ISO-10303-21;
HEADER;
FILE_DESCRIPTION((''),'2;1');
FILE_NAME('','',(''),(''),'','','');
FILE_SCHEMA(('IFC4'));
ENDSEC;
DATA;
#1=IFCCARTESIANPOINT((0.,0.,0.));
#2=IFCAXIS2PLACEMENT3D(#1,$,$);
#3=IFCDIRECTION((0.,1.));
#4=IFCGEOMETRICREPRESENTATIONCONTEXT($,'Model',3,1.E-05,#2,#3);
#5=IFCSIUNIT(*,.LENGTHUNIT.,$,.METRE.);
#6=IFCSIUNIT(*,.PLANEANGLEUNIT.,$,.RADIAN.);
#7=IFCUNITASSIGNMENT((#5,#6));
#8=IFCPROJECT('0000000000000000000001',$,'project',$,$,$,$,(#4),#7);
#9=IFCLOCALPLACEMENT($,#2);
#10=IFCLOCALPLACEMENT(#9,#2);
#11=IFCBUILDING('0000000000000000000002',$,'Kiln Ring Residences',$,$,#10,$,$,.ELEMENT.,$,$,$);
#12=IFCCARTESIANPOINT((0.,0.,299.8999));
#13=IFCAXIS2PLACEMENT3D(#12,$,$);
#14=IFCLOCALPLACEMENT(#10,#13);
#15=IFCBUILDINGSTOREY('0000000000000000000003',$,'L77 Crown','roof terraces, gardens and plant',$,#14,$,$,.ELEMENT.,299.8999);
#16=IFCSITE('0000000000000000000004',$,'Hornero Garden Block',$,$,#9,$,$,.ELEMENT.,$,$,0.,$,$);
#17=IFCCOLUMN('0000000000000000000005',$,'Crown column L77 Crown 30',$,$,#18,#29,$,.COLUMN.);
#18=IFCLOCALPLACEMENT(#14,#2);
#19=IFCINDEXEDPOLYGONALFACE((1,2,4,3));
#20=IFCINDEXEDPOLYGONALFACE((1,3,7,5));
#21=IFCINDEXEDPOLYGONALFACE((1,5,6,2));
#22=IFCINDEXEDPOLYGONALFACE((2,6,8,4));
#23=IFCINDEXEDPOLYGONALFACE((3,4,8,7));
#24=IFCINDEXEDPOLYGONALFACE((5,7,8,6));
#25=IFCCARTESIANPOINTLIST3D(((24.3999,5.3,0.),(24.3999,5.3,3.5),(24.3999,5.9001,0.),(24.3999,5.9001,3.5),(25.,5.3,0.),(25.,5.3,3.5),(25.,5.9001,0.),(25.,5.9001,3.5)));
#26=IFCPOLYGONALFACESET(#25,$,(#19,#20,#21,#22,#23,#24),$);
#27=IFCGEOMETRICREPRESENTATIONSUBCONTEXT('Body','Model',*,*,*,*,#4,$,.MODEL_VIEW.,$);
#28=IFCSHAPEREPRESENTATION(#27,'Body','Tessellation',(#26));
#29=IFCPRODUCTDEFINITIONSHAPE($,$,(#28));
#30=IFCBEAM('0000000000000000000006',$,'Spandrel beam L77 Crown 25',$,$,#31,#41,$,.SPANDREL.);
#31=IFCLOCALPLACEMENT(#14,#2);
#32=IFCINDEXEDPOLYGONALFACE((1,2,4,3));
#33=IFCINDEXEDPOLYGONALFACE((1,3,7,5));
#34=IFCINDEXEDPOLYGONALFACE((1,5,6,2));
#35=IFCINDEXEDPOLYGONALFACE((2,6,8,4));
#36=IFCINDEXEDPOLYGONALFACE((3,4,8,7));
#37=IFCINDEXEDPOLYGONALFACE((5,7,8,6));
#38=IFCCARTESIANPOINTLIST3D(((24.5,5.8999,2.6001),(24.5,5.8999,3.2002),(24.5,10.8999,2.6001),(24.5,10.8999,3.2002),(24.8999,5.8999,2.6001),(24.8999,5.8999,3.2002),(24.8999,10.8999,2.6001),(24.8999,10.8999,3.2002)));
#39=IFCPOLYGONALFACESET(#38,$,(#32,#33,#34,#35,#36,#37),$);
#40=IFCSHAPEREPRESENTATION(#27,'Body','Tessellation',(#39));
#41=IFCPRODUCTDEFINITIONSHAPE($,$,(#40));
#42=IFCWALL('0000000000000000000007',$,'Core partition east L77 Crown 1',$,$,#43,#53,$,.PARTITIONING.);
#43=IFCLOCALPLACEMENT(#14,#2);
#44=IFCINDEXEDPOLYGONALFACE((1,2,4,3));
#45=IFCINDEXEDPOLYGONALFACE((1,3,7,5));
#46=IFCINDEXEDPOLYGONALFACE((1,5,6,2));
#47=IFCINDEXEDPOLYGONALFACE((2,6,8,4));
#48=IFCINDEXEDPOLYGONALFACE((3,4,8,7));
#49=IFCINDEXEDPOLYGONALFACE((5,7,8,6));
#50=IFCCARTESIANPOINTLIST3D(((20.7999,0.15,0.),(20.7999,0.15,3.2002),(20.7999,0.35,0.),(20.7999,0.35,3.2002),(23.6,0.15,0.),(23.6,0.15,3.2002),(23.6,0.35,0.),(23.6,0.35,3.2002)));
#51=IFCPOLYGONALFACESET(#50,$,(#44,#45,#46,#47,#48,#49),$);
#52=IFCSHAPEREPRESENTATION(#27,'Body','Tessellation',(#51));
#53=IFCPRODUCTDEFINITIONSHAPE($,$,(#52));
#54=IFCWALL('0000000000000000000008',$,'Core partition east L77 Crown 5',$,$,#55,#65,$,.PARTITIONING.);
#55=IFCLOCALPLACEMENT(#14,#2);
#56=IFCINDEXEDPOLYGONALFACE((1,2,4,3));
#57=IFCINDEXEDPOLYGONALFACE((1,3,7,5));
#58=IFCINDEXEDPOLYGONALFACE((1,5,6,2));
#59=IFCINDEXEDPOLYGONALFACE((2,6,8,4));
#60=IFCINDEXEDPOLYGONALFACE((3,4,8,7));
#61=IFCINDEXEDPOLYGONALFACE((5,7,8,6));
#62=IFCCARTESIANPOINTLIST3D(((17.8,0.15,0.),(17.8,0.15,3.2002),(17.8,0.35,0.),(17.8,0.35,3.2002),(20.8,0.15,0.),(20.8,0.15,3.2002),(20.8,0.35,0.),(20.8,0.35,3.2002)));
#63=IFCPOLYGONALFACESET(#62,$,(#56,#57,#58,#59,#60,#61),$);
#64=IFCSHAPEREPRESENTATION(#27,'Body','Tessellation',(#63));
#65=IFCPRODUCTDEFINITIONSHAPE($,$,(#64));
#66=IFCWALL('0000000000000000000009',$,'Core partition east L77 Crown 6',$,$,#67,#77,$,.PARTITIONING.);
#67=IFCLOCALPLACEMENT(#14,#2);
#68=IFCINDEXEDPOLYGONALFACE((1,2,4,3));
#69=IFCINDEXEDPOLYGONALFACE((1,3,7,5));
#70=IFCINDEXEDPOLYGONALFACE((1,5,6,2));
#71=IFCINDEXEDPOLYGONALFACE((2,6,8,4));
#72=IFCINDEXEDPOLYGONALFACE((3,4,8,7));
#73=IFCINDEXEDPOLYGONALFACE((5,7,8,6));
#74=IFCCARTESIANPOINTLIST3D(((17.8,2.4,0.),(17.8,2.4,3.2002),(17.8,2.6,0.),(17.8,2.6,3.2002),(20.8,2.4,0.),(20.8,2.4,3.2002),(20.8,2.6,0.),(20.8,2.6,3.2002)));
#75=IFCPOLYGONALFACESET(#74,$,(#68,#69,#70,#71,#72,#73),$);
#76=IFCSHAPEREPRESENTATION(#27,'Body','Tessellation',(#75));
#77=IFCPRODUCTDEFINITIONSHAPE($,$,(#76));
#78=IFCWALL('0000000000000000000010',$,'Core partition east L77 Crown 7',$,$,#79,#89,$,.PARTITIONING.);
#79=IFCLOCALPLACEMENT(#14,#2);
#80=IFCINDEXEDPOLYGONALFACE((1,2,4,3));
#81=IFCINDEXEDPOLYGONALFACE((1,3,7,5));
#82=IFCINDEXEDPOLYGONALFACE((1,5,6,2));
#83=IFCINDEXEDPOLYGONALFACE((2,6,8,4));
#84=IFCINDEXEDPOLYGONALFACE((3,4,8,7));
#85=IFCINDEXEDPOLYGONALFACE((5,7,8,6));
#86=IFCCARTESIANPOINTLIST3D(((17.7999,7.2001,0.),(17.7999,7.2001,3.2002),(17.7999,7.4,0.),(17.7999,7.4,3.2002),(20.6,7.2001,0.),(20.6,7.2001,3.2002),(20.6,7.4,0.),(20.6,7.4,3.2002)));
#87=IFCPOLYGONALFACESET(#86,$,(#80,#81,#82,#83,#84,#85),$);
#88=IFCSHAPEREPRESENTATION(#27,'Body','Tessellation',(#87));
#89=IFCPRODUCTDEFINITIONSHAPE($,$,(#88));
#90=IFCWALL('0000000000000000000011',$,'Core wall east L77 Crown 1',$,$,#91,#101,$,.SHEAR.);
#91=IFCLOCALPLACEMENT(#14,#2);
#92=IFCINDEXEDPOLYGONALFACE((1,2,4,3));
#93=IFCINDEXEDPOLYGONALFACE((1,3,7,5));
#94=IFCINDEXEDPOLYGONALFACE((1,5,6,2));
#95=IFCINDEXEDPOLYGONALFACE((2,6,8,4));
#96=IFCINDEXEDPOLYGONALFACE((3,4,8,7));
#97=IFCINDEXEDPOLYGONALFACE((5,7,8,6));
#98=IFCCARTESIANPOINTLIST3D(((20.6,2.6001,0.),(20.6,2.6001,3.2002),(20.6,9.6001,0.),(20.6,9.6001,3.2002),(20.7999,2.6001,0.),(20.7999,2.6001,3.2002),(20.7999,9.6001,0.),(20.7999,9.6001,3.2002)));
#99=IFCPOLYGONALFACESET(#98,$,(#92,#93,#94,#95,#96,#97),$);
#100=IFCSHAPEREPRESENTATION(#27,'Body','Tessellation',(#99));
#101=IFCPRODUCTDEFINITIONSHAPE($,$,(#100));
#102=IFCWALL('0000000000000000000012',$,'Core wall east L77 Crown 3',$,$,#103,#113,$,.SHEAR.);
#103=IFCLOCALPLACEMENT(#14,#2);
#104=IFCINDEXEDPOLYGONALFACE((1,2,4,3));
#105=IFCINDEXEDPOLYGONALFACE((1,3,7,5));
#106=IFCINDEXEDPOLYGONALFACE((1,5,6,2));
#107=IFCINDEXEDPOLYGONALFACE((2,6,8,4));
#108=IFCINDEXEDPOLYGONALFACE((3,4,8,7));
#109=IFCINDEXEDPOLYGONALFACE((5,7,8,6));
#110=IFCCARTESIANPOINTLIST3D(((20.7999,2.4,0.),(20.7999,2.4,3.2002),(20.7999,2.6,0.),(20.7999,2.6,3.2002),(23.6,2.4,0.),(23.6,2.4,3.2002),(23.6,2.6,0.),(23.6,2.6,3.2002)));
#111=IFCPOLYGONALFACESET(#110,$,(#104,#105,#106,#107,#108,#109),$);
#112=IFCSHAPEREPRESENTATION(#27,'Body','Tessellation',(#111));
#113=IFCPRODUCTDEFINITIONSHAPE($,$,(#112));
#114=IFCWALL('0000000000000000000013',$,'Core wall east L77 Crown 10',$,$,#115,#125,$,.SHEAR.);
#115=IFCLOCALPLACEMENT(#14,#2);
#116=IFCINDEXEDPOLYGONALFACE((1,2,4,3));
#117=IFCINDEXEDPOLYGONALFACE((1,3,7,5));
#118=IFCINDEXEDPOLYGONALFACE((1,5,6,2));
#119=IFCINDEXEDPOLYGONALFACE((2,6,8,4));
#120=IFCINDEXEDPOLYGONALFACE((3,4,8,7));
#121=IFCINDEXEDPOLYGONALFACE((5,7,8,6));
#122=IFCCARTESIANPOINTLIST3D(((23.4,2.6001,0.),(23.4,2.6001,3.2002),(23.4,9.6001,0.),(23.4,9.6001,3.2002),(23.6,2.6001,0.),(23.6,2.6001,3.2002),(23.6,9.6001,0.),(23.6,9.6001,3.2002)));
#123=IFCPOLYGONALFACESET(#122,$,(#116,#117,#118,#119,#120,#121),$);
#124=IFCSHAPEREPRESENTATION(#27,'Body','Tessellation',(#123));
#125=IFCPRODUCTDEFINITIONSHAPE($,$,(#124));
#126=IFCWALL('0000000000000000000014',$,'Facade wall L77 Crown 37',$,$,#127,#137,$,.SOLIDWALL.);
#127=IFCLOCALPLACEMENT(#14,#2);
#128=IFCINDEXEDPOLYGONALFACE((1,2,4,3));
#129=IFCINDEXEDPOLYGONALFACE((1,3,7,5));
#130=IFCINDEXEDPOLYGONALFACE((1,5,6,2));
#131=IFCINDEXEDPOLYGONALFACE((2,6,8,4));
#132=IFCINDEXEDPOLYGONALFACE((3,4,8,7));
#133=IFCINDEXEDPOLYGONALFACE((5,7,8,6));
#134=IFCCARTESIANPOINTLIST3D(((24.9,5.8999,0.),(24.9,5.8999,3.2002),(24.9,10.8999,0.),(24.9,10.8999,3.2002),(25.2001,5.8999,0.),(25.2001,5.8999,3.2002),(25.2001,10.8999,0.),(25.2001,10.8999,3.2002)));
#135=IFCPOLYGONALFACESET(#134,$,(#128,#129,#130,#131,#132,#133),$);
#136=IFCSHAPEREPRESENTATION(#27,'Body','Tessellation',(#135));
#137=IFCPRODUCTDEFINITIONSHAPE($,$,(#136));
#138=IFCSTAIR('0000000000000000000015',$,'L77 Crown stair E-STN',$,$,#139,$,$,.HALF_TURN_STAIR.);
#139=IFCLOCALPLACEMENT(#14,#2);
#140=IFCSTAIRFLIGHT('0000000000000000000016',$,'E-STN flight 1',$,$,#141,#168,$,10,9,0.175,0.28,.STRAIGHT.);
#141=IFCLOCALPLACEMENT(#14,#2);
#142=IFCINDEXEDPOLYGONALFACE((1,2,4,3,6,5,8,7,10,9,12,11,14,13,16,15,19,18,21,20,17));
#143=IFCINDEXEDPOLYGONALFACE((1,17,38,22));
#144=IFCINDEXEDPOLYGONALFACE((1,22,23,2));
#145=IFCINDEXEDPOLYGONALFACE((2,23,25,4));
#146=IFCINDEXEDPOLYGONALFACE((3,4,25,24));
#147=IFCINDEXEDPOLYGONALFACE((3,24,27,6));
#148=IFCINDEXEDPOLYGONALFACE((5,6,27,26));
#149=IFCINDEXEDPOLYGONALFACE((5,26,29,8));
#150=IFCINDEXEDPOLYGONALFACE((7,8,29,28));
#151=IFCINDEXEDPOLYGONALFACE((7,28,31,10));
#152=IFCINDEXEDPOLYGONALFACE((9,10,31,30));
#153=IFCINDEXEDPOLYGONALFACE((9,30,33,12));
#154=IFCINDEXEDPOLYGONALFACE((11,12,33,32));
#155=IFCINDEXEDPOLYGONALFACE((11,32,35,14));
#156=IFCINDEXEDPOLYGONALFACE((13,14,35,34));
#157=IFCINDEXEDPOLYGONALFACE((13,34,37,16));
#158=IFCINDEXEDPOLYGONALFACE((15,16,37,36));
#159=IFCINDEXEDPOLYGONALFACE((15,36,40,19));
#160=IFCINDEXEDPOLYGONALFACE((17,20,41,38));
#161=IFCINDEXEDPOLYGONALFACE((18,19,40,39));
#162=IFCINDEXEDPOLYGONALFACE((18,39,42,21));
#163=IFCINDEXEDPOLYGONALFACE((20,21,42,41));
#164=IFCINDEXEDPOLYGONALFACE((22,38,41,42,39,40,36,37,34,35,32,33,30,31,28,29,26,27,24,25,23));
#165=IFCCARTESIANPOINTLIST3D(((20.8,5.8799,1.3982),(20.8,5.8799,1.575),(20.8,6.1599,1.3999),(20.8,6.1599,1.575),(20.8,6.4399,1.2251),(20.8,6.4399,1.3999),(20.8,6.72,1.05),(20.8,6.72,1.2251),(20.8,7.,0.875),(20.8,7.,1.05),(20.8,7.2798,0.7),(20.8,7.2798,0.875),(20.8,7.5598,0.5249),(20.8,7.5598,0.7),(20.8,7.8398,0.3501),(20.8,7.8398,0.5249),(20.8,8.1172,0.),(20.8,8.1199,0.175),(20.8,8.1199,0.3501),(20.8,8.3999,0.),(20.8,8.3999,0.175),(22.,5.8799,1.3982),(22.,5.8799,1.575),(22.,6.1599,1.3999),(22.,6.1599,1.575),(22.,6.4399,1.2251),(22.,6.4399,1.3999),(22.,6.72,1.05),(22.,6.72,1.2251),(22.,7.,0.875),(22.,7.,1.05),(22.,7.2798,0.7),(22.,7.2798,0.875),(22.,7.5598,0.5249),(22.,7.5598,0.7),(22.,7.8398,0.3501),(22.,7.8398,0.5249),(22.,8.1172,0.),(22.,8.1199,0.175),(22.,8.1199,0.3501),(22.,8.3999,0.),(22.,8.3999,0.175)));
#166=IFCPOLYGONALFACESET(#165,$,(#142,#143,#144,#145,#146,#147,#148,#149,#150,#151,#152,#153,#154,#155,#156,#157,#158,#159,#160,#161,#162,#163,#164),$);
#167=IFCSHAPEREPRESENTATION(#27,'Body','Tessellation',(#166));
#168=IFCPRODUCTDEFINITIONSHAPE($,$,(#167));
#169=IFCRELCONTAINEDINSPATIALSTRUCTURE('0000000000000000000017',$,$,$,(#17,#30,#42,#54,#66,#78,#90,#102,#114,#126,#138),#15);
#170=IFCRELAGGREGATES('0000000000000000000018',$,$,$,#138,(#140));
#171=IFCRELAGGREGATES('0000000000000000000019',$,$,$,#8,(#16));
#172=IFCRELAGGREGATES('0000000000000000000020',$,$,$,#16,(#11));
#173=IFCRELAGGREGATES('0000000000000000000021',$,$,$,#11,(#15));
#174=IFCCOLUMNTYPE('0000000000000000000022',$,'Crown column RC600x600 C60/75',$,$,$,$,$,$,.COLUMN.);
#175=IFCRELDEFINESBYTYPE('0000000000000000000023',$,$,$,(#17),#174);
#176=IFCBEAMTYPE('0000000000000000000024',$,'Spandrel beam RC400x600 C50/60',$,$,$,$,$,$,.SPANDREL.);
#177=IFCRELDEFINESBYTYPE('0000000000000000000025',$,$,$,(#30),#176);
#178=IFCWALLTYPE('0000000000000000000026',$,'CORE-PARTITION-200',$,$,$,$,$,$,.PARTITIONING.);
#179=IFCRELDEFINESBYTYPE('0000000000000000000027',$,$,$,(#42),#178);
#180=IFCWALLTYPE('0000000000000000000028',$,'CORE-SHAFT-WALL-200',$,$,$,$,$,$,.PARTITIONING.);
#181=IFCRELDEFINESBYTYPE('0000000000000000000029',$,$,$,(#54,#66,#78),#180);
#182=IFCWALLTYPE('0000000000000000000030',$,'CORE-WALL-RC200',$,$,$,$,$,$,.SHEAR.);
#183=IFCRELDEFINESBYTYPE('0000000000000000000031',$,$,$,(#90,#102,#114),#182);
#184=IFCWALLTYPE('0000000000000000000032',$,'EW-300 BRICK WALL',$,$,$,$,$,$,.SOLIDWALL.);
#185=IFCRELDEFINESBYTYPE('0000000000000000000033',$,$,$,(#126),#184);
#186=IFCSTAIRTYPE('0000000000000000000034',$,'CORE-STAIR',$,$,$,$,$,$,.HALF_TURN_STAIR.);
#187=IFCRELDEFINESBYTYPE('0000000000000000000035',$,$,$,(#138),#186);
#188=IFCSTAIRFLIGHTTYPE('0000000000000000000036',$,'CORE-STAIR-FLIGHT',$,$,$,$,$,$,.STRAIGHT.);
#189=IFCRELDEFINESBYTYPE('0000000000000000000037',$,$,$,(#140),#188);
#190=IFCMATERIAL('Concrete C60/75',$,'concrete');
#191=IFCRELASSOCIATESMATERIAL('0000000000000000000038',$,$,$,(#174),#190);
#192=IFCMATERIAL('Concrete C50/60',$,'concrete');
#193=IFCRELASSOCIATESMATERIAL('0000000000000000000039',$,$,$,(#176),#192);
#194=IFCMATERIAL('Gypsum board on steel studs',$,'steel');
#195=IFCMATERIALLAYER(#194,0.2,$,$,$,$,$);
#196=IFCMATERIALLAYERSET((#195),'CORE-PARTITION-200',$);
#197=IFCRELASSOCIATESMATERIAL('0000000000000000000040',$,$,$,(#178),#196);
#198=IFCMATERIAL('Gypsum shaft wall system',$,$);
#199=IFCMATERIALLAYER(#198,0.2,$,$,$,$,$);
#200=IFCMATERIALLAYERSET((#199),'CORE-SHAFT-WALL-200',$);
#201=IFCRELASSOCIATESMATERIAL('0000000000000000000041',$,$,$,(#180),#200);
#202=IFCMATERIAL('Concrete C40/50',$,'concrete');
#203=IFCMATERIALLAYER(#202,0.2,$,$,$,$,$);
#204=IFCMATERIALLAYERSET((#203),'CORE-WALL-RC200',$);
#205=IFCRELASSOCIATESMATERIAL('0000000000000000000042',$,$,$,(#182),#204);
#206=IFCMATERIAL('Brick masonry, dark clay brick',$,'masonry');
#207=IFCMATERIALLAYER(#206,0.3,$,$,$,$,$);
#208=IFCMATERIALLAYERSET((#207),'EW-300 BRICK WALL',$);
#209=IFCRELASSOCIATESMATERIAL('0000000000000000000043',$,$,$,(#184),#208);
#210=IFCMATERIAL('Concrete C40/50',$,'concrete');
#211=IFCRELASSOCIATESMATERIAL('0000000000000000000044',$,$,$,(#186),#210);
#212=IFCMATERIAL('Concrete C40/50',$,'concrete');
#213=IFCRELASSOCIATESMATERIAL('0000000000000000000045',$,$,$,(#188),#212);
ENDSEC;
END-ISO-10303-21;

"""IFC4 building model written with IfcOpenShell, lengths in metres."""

from ifc_helpers import new_model, si_unit, direction, frame, frame_2d, origin, origin_2d, place, context, subcontext, project, spatial, polyline, rectangle, outline, extrude, material, layer, layer_set, material_profile, profile_set, type_object, element, aggregate, save


model = new_model("IFC4")

# Units and contexts
model_context = context("Model", 3, precision=1e-05, world=origin(), true_north=direction((0.0, 1.0)))
body_context = subcontext(model_context, "Body", "Model", "MODEL_VIEW")
ifc_project = project(units=[si_unit("LENGTHUNIT", "METRE"), si_unit("PLANEANGLEUNIT", "RADIAN")], contexts=[model_context])

# Site, building, storey
site_placement = place(None, origin())
site = spatial("IfcSite", under=ifc_project, at=site_placement, Name="Hornero Garden Block", CompositionType="ELEMENT", RefElevation=0.0)
building_placement = place(site_placement, origin())
building = spatial("IfcBuilding", under=site, at=building_placement, Name="Kiln Ring Residences", CompositionType="ELEMENT")
storey_placement = place(building_placement, frame((0.0, 0.0, 299.8999)))
storey = spatial("IfcBuildingStorey", under=building, at=storey_placement, Name="L77 Crown", Description="roof terraces, gardens and plant", CompositionType="ELEMENT", Elevation=299.8999)

# Column
ifc_material_1 = material(Name="Concrete C60/75", Category="concrete")
ifc_material_profile_1 = material_profile(ifc_material_1, rectangle(XDim=0.6001, YDim=0.6001, at=origin_2d()), Name="RC600x600")
ifc_profile_set_1 = profile_set([ifc_material_profile_1], Name="Concrete C60/75")
column_type = type_object("IfcColumnType", Name="Crown column RC600x600 C60/75", PredefinedType="COLUMN", material=ifc_profile_set_1)
column_placement = place(storey_placement, frame((24.7, 5.6001, 0.0), z_axis=(0.0, 0.0, 1.0), x_axis=(1.0, 0.0, 0.0)))
element("IfcColumn", 1, at=column_placement, inside=storey, type_object=column_type, Name="Crown column L77 Crown 30", PredefinedType="COLUMN", context=body_context, shape_type="SweptSolid", body=[
    extrude(rectangle(XDim=0.6001, YDim=0.6001, at=origin_2d()), origin(), (0.0, 0.0, 1.0), 3.5),
])

# Beam
ifc_material_2 = material(Name="Concrete C50/60", Category="concrete")
ifc_material_profile_2 = material_profile(ifc_material_2, rectangle(XDim=0.3999, YDim=0.6001, at=origin_2d()), Name="RC400x600")
ifc_profile_set_2 = profile_set([ifc_material_profile_2], Name="Concrete C50/60")
beam_type = type_object("IfcBeamType", Name="Spandrel beam RC400x600 C50/60", PredefinedType="SPANDREL", material=ifc_profile_set_2)
beam_placement = place(storey_placement, frame((24.7, 5.8999, 2.9001), z_axis=(0.0, 1.0, 0.0), x_axis=(-1.0, 0.0, 0.0)))
element("IfcBeam", 2, at=beam_placement, inside=storey, type_object=beam_type, Name="Spandrel beam L77 Crown 25", PredefinedType="SPANDREL", context=body_context, shape_type="SweptSolid", body=[
    extrude(rectangle(XDim=0.3999, YDim=0.6001, at=origin_2d()), origin(), (0.0, 0.0, 1.0), 5.0),
])

# Walls
ifc_material_3 = material(Name="Gypsum board on steel studs", Category="steel")
ifc_layer_1 = layer(ifc_material_3, 0.2)
ifc_layer_set_1 = layer_set([ifc_layer_1], Name="CORE-PARTITION-200")
wall_type_1 = type_object("IfcWallType", Name="CORE-PARTITION-200", PredefinedType="PARTITIONING", material=ifc_layer_set_1)
wall_1_placement = place(storey_placement, frame((20.8, 0.25, 0.0), z_axis=(0.0, 0.0, 1.0), x_axis=(1.0, 0.0, 0.0)))
element("IfcWall", 3, at=wall_1_placement, inside=storey, type_object=wall_type_1, Name="Core partition east L77 Crown 1", PredefinedType="PARTITIONING", context=body_context, shape_type="SweptSolid", body=[
    extrude(rectangle(XDim=2.8, YDim=0.2, at=frame_2d((1.3999, 0.0))), origin(), (0.0, 0.0, 1.0), 3.2002),
])
ifc_material_4 = material(Name="Gypsum shaft wall system")
ifc_layer_2 = layer(ifc_material_4, 0.2)
ifc_layer_set_2 = layer_set([ifc_layer_2], Name="CORE-SHAFT-WALL-200")
wall_type_2 = type_object("IfcWallType", Name="CORE-SHAFT-WALL-200", PredefinedType="PARTITIONING", material=ifc_layer_set_2)
for number, where, z_axis, x_axis, name in (
    (4, (17.8, 0.25, 0.0), (0.0, 0.0, 1.0), (1.0, 0.0, 0.0), "Core partition east L77 Crown 5"),
    (5, (17.8, 2.5, 0.0), (0.0, 0.0, 1.0), (1.0, 0.0, 0.0), "Core partition east L77 Crown 6"),
):
    element("IfcWall", number, at=place(storey_placement, frame(where, z_axis=z_axis, x_axis=x_axis)), inside=storey, type_object=wall_type_2, Name=name, PredefinedType="PARTITIONING", context=body_context, shape_type="SweptSolid", body=[
        extrude(rectangle(XDim=3.0, YDim=0.2, at=frame_2d((1.5, 0.0))), origin(), (0.0, 0.0, 1.0), 3.2002),
    ])
wall_2_placement = place(storey_placement, frame((17.8, 7.3, 0.0), z_axis=(0.0, 0.0, 1.0), x_axis=(1.0, 0.0, 0.0)))
element("IfcWall", 6, at=wall_2_placement, inside=storey, type_object=wall_type_2, Name="Core partition east L77 Crown 7", PredefinedType="PARTITIONING", context=body_context, shape_type="SweptSolid", body=[
    extrude(rectangle(XDim=2.8, YDim=0.2, at=frame_2d((1.3999, 0.0))), origin(), (0.0, 0.0, 1.0), 3.2002),
])
ifc_material_5 = material(Name="Concrete C40/50", Category="concrete")
ifc_layer_3 = layer(ifc_material_5, 0.2)
ifc_layer_set_3 = layer_set([ifc_layer_3], Name="CORE-WALL-RC200")
wall_type_3 = type_object("IfcWallType", Name="CORE-WALL-RC200", PredefinedType="SHEAR", material=ifc_layer_set_3)
wall_3_placement = place(storey_placement, frame((20.7, 2.6001, 0.0), z_axis=(0.0, 0.0, 1.0), x_axis=(0.0, 1.0, 0.0)))
element("IfcWall", 7, at=wall_3_placement, inside=storey, type_object=wall_type_3, Name="Core wall east L77 Crown 1", PredefinedType="SHEAR", context=body_context, shape_type="SweptSolid", body=[
    extrude(rectangle(XDim=7.0, YDim=0.2, at=frame_2d((3.5, 0.0))), origin(), (0.0, 0.0, 1.0), 3.2002),
])
wall_4_placement = place(storey_placement, frame((20.8, 2.5, 0.0), z_axis=(0.0, 0.0, 1.0), x_axis=(1.0, 0.0, 0.0)))
element("IfcWall", 8, at=wall_4_placement, inside=storey, type_object=wall_type_3, Name="Core wall east L77 Crown 3", PredefinedType="SHEAR", context=body_context, shape_type="SweptSolid", body=[
    extrude(rectangle(XDim=2.8, YDim=0.2, at=frame_2d((1.3999, 0.0))), origin(), (0.0, 0.0, 1.0), 3.2002),
])
wall_5_placement = place(storey_placement, frame((23.5, 2.6001, 0.0), z_axis=(0.0, 0.0, 1.0), x_axis=(0.0, 1.0, 0.0)))
element("IfcWall", 9, at=wall_5_placement, inside=storey, type_object=wall_type_3, Name="Core wall east L77 Crown 10", PredefinedType="SHEAR", context=body_context, shape_type="SweptSolid", body=[
    extrude(rectangle(XDim=7.0, YDim=0.2, at=frame_2d((3.5, 0.0))), origin(), (0.0, 0.0, 1.0), 3.2002),
])
ifc_material_6 = material(Name="Brick masonry, dark clay brick", Category="masonry")
ifc_layer_4 = layer(ifc_material_6, 0.3)
ifc_layer_set_4 = layer_set([ifc_layer_4], Name="EW-300 BRICK WALL")
wall_type_4 = type_object("IfcWallType", Name="EW-300 BRICK WALL", PredefinedType="SOLIDWALL", material=ifc_layer_set_4)
wall_6_placement = place(storey_placement, frame((25.05, 5.8999, 0.0), z_axis=(0.0, 0.0, 1.0), x_axis=(0.0, 1.0, 0.0)))
element("IfcWall", 10, at=wall_6_placement, inside=storey, type_object=wall_type_4, Name="Facade wall L77 Crown 37", PredefinedType="SOLIDWALL", context=body_context, shape_type="SweptSolid", body=[
    extrude(rectangle(XDim=5.0, YDim=0.3, at=frame_2d((2.5, 0.0))), origin(), (0.0, 0.0, 1.0), 3.2002),
])

# Stair, stair flight
ifc_material_7 = material(Name="Concrete C40/50", Category="concrete")
stair_type = type_object("IfcStairType", Name="CORE-STAIR", PredefinedType="HALF_TURN_STAIR", material=ifc_material_7)
stair_placement = place(storey_placement, origin())
stair = element("IfcStair", 11, at=stair_placement, inside=storey, type_object=stair_type, Name="L77 Crown stair E-STN", PredefinedType="HALF_TURN_STAIR")
ifc_material_8 = material(Name="Concrete C40/50", Category="concrete")
stair_flight_type = type_object("IfcStairFlightType", Name="CORE-STAIR-FLIGHT", PredefinedType="STRAIGHT", material=ifc_material_8)
stair_flight_1_placement = place(storey_placement, frame((21.3999, 8.3999, 0.0), z_axis=(0.0, 0.0, 1.0), x_axis=(0.0, -1.0, 0.0)))
stair_flight_1 = element("IfcStairFlight", 12, at=stair_flight_1_placement, type_object=stair_flight_type, Name="E-STN flight 1", NumberOfRisers=10, NumberOfTreads=9, PredefinedType="STRAIGHT", RiserHeight=0.175, TreadLength=0.28, context=body_context, shape_type="SweptSolid", body=[
    extrude(outline(polyline([(0.0, 0.0), (0.0, 0.175), (0.28, 0.175), (0.28, 0.3501), (0.5601, 0.3501), (0.5601, 0.5249), (0.8401, 0.5249), (0.8401, 0.7), (1.1201, 0.7), (1.1201, 0.875), (1.3999, 0.875), (1.3999, 1.05), (1.6799, 1.05), (1.6799, 1.2251), (1.96, 1.2251), (1.96, 1.3999), (2.24, 1.3999), (2.24, 1.575), (2.52, 1.575), (2.52, 1.75), (2.52, 1.3982), (0.2827, 0.0), (0.0, 0.0)])), frame((0.0, 0.6001, 0.0), z_axis=(0.0, -1.0, 0.0), x_axis=(1.0, 0.0, 0.0)), (0.0, 0.0, 1.0), 1.2),
])
aggregate(stair, [stair_flight_1])

save(model, "model.ifc")
